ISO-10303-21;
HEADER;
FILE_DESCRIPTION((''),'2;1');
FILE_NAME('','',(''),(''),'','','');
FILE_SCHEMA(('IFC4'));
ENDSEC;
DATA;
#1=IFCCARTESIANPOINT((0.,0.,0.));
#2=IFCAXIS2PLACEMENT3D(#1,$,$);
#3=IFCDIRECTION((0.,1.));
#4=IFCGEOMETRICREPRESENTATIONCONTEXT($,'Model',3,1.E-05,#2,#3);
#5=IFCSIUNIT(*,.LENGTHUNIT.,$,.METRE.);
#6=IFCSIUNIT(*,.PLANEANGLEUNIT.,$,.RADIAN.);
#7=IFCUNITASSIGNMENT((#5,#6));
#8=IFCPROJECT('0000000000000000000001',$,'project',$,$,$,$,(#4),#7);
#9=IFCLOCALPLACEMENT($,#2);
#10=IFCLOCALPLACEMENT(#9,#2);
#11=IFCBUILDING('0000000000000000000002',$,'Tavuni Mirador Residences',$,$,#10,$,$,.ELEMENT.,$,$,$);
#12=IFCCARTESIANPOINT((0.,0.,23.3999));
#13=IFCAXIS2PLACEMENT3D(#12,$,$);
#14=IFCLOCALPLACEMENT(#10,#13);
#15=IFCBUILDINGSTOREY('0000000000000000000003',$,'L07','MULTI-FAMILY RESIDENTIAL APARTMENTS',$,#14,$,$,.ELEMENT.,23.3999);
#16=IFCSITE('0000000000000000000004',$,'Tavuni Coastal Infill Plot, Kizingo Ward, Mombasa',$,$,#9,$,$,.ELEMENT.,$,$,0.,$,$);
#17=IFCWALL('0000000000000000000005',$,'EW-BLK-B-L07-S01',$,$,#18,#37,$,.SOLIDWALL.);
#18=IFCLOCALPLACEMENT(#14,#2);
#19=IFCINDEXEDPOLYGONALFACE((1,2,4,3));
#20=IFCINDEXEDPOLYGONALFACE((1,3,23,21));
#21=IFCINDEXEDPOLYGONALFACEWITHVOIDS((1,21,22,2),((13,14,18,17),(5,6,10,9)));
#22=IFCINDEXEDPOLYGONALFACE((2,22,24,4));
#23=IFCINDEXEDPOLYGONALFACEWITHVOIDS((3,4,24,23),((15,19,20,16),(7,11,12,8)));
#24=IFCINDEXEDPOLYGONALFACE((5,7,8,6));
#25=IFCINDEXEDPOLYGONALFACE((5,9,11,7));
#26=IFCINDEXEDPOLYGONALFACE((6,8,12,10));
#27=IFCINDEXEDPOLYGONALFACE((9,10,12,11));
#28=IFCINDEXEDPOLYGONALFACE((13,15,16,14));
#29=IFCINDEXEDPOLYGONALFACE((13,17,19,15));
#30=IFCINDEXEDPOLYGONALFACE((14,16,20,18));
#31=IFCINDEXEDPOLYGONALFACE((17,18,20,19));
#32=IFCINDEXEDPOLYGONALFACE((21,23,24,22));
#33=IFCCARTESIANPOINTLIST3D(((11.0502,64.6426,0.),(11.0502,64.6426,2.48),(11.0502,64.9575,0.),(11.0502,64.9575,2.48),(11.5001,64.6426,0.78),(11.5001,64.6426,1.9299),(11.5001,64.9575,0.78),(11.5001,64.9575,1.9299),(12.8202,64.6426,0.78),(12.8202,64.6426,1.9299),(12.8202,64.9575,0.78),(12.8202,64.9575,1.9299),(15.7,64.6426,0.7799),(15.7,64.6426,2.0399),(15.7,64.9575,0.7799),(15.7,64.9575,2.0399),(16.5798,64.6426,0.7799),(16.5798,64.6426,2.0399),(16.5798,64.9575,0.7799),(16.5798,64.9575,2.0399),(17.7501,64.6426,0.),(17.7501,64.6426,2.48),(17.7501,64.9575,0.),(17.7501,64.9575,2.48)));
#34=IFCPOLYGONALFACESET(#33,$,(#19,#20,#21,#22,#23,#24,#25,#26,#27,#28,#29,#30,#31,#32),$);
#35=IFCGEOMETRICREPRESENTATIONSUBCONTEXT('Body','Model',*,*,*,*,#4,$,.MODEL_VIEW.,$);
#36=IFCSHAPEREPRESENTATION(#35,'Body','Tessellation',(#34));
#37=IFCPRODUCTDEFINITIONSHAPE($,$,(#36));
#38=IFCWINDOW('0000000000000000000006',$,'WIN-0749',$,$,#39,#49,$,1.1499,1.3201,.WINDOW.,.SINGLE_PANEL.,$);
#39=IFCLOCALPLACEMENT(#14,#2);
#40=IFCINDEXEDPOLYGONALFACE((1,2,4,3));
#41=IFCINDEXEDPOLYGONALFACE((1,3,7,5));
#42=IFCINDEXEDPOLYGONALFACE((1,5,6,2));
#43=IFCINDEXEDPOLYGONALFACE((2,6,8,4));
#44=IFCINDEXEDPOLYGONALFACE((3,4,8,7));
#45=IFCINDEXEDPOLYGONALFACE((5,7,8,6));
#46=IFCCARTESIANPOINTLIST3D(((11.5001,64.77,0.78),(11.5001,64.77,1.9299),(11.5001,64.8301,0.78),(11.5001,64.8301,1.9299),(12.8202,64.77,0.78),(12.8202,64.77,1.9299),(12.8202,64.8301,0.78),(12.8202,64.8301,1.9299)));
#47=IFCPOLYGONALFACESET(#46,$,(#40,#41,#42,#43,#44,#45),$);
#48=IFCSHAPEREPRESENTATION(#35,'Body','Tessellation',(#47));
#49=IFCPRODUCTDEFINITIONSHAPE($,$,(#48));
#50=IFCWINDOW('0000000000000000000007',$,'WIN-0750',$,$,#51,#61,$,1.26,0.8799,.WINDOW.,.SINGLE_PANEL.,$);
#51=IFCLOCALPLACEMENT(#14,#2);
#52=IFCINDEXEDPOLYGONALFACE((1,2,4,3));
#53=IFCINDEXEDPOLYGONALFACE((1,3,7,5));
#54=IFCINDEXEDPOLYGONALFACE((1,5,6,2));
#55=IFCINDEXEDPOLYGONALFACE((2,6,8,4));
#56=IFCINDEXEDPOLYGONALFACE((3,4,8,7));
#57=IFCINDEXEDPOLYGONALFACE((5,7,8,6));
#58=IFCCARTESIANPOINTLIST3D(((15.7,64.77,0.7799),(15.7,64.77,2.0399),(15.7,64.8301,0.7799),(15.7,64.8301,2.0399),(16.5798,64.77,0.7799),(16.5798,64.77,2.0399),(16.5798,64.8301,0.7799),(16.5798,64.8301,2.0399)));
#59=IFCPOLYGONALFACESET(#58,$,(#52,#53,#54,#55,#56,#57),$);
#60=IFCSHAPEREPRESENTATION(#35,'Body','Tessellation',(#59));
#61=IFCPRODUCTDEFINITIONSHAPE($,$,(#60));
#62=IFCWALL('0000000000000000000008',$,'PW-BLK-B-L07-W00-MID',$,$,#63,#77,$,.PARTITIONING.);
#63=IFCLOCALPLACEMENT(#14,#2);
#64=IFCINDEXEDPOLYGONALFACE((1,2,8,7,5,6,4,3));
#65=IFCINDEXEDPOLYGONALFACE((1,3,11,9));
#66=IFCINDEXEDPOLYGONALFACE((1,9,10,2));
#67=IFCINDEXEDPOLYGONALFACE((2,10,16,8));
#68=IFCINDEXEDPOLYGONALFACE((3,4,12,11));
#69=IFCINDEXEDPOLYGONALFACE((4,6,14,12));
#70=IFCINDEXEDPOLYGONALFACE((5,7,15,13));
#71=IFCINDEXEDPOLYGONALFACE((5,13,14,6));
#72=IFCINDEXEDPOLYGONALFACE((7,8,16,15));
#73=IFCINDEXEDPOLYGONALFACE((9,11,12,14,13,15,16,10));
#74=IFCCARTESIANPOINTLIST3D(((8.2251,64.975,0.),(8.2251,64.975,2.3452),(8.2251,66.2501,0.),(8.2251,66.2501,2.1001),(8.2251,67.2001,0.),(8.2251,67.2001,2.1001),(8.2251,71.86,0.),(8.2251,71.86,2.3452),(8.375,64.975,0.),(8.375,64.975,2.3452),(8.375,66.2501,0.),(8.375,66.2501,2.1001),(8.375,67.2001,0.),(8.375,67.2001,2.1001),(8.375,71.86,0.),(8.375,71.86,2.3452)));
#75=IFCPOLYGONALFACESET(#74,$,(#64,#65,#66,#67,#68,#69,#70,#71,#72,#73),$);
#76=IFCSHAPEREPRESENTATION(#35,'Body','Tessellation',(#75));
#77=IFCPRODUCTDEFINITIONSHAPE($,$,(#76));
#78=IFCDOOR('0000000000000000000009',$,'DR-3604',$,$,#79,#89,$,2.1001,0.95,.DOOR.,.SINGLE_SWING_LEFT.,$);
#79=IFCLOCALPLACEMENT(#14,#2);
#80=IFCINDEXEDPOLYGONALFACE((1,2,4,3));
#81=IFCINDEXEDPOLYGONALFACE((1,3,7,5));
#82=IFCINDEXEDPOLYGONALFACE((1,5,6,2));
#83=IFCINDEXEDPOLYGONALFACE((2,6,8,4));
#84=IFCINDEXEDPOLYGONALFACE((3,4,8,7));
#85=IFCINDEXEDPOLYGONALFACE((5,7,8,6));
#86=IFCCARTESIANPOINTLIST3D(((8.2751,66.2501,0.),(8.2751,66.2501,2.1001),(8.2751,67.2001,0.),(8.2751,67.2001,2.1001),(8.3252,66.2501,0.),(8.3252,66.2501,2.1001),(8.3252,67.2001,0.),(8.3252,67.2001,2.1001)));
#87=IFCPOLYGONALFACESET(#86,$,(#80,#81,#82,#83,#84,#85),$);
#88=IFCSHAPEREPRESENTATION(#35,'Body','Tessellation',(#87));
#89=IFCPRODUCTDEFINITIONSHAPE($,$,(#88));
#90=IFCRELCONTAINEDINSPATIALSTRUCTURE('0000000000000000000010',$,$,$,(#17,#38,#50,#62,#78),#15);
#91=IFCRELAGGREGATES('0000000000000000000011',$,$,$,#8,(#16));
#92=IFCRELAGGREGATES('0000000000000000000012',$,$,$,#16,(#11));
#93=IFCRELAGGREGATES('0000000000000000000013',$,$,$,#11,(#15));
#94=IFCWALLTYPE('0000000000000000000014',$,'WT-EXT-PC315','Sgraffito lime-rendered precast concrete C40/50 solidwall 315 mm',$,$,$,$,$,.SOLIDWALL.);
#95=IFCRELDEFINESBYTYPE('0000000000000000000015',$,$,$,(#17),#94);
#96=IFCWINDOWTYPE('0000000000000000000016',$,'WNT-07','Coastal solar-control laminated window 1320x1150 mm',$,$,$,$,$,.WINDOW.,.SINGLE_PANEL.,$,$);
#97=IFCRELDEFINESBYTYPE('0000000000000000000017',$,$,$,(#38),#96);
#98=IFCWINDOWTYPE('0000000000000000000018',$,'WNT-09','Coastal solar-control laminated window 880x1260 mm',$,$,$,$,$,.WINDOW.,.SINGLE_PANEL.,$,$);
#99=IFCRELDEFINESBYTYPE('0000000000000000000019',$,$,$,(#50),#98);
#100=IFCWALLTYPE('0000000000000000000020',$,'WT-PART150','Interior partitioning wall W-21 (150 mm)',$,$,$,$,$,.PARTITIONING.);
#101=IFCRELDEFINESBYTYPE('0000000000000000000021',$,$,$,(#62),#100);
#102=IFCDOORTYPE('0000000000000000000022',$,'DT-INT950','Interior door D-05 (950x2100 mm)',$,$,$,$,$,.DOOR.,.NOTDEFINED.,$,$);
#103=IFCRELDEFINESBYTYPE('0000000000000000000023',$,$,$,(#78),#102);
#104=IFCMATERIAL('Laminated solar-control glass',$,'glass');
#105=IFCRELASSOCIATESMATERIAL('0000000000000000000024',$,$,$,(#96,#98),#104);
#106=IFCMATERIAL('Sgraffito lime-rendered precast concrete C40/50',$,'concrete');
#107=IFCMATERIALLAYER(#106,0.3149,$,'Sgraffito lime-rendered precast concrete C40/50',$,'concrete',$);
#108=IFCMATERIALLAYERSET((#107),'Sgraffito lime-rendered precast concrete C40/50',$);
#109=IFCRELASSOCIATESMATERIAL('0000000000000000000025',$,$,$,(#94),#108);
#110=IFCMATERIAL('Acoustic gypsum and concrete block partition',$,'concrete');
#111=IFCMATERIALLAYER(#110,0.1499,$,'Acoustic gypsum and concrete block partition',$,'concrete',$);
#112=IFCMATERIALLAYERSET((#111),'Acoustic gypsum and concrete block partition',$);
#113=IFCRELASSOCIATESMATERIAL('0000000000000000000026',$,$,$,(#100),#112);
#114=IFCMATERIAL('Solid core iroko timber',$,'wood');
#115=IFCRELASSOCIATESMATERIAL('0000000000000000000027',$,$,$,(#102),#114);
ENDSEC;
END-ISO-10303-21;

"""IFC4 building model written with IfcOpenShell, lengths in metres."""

from ifc_helpers import new_model, si_unit, direction, frame, frame_2d, origin, place, context, subcontext, project, spatial, rectangle, extrude, material, layer, layer_set, type_object, element, fill, save


model = new_model("IFC4")

# Units and contexts
model_context = context("Model", 3, precision=1e-05, world=origin(), true_north=direction((0.0, 1.0)))
body_context = subcontext(model_context, "Body", "Model", "MODEL_VIEW")
ifc_project = project(units=[si_unit("LENGTHUNIT", "METRE"), si_unit("PLANEANGLEUNIT", "RADIAN")], contexts=[model_context])

# Site, building, storey
site_placement = place(None, origin())
site = spatial("IfcSite", under=ifc_project, at=site_placement, Name="Tavuni Coastal Infill Plot, Kizingo Ward, Mombasa", CompositionType="ELEMENT", RefElevation=0.0)
building_placement = place(site_placement, origin())
building = spatial("IfcBuilding", under=site, at=building_placement, Name="Tavuni Mirador Residences", CompositionType="ELEMENT")
storey_placement = place(building_placement, frame((0.0, 0.0, 23.3999)))
storey = spatial("IfcBuildingStorey", under=building, at=storey_placement, Name="L07", Description="MULTI-FAMILY RESIDENTIAL APARTMENTS", CompositionType="ELEMENT", Elevation=23.3999)

# Shared definitions
ifc_material_1 = material(Name="Solid core iroko timber", Category="wood")

# Wall, openings, windows
ifc_material_2 = material(Name="Laminated solar-control glass", Category="glass")
window_type_1 = type_object("IfcWindowType", Name="WNT-07", Description="Coastal solar-control laminated window 1320x1150 mm", PartitioningType="SINGLE_PANEL", PredefinedType="WINDOW", material=ifc_material_2)
ifc_material_3 = material(Name="Sgraffito lime-rendered precast concrete C40/50", Category="concrete")
ifc_layer_1 = layer(ifc_material_3, 0.3149, Name="Sgraffito lime-rendered precast concrete C40/50", Category="concrete")
ifc_layer_set_1 = layer_set([ifc_layer_1], Name="Sgraffito lime-rendered precast concrete C40/50")
wall_type_1 = type_object("IfcWallType", Name="WT-EXT-PC315", Description="Sgraffito lime-rendered precast concrete C40/50 solidwall 315 mm", PredefinedType="SOLIDWALL", material=ifc_layer_set_1)
wall_1_placement = place(storey_placement, frame((11.05, 64.8, 0.0), z_axis=(0.0, 0.0, 1.0), x_axis=(1.0, 0.0, 0.0)))
wall_1 = element("IfcWall", 1, at=wall_1_placement, inside=storey, type_object=wall_type_1, Name="EW-BLK-B-L07-S01", PredefinedType="SOLIDWALL", context=body_context, shape_type="SweptSolid", body=[
    extrude(rectangle(XDim=6.7, YDim=0.3149, at=frame_2d((3.3501, 0.0))), origin(), (0.0, 0.0, 1.0), 2.48),
])
opening_1_placement = place(wall_1_placement, frame((0.45, 0.0, 0.78)))
opening_1 = element("IfcOpeningElement", 2, at=opening_1_placement, cuts=wall_1, PredefinedType="OPENING", context=body_context, shape_type="SweptSolid", body=[
    extrude(rectangle(XDim=1.3201, YDim=1.1499, at=frame_2d((0.6602, 0.575))), frame((0.0, 0.1675, 0.0), z_axis=(0.0, -1.0, 0.0), x_axis=(1.0, 0.0, 0.0)), (0.0, 0.0, 1.0), 0.335),
])
opening_2_placement = place(wall_1_placement, frame((4.6499, 0.0, 0.78)))
opening_2 = element("IfcOpeningElement", 3, at=opening_2_placement, cuts=wall_1, PredefinedType="OPENING", context=body_context, shape_type="SweptSolid", body=[
    extrude(rectangle(XDim=0.8799, YDim=1.26, at=frame_2d((0.4399, 0.6299))), frame((0.0, 0.1675, 0.0), z_axis=(0.0, -1.0, 0.0), x_axis=(1.0, 0.0, 0.0)), (0.0, 0.0, 1.0), 0.335),
])
window_1_placement = place(opening_1_placement, origin())
window_1 = element("IfcWindow", 4, at=window_1_placement, inside=storey, type_object=window_type_1, Name="WIN-0749", OverallHeight=1.1499, OverallWidth=1.3201, PartitioningType="SINGLE_PANEL", PredefinedType="WINDOW", context=body_context, shape_type="SweptSolid", body=[
    extrude(rectangle(XDim=1.3201, YDim=1.1499, at=frame_2d((0.6602, 0.575))), frame((0.0, 0.03, 0.0), z_axis=(0.0, -1.0, 0.0), x_axis=(1.0, 0.0, 0.0)), (0.0, 0.0, 1.0), 0.0601),
])
fill(opening_1, window_1)
window_type_2 = type_object("IfcWindowType", Name="WNT-09", Description="Coastal solar-control laminated window 880x1260 mm", PartitioningType="SINGLE_PANEL", PredefinedType="WINDOW", material=ifc_material_2)
window_2_placement = place(opening_2_placement, origin())
window_2 = element("IfcWindow", 5, at=window_2_placement, inside=storey, type_object=window_type_2, Name="WIN-0750", OverallHeight=1.26, OverallWidth=0.8799, PartitioningType="SINGLE_PANEL", PredefinedType="WINDOW", context=body_context, shape_type="SweptSolid", body=[
    extrude(rectangle(XDim=0.8799, YDim=1.26, at=frame_2d((0.4399, 0.6299))), frame((0.0, 0.03, 0.0), z_axis=(0.0, -1.0, 0.0), x_axis=(1.0, 0.0, 0.0)), (0.0, 0.0, 1.0), 0.0601),
])
fill(opening_2, window_2)

# Wall, opening, door
ifc_material_4 = material(Name="Acoustic gypsum and concrete block partition", Category="concrete")
ifc_layer_2 = layer(ifc_material_4, 0.1499, Name="Acoustic gypsum and concrete block partition", Category="concrete")
ifc_layer_set_2 = layer_set([ifc_layer_2], Name="Acoustic gypsum and concrete block partition")
wall_type_2 = type_object("IfcWallType", Name="WT-PART150", Description="Interior partitioning wall W-21 (150 mm)", PredefinedType="PARTITIONING", material=ifc_layer_set_2)
wall_2_placement = place(storey_placement, frame((8.3, 64.9751, 0.0), z_axis=(0.0, 0.0, 1.0), x_axis=(0.0, 1.0, 0.0)))
wall_2 = element("IfcWall", 6, at=wall_2_placement, inside=storey, type_object=wall_type_2, Name="PW-BLK-B-L07-W00-MID", PredefinedType="PARTITIONING", context=body_context, shape_type="SweptSolid", body=[
    extrude(rectangle(XDim=6.885, YDim=0.1499, at=frame_2d((3.4424, 0.0))), origin(), (0.0, 0.0, 1.0), 2.3452),
])
opening_3_placement = place(wall_2_placement, frame((1.2749, 0.0, 0.0)))
opening_3 = element("IfcOpeningElement", 7, at=opening_3_placement, cuts=wall_2, PredefinedType="OPENING", context=body_context, shape_type="SweptSolid", body=[
    extrude(rectangle(XDim=0.95, YDim=2.1001, at=frame_2d((0.4751, 1.05))), frame((0.0, 0.085, 0.0), z_axis=(0.0, -1.0, 0.0), x_axis=(1.0, 0.0, 0.0)), (0.0, 0.0, 1.0), 0.1699),
])
door_type_1 = type_object("IfcDoorType", Name="DT-INT950", Description="Interior door D-05 (950x2100 mm)", OperationType="NOTDEFINED", PredefinedType="DOOR", material=ifc_material_1)
door_1_placement = place(opening_3_placement, origin())
door_1 = element("IfcDoor", 8, at=door_1_placement, inside=storey, type_object=door_type_1, Name="DR-3604", OperationType="SINGLE_SWING_LEFT", OverallHeight=2.1001, OverallWidth=0.95, PredefinedType="DOOR", context=body_context, shape_type="SweptSolid", body=[
    extrude(rectangle(XDim=0.95, YDim=2.1001, at=frame_2d((0.4751, 1.05))), frame((0.0, 0.0249, 0.0), z_axis=(0.0, -1.0, 0.0), x_axis=(1.0, 0.0, 0.0)), (0.0, 0.0, 1.0), 0.05),
])
fill(opening_3, door_1)

save(model, "model.ifc")
